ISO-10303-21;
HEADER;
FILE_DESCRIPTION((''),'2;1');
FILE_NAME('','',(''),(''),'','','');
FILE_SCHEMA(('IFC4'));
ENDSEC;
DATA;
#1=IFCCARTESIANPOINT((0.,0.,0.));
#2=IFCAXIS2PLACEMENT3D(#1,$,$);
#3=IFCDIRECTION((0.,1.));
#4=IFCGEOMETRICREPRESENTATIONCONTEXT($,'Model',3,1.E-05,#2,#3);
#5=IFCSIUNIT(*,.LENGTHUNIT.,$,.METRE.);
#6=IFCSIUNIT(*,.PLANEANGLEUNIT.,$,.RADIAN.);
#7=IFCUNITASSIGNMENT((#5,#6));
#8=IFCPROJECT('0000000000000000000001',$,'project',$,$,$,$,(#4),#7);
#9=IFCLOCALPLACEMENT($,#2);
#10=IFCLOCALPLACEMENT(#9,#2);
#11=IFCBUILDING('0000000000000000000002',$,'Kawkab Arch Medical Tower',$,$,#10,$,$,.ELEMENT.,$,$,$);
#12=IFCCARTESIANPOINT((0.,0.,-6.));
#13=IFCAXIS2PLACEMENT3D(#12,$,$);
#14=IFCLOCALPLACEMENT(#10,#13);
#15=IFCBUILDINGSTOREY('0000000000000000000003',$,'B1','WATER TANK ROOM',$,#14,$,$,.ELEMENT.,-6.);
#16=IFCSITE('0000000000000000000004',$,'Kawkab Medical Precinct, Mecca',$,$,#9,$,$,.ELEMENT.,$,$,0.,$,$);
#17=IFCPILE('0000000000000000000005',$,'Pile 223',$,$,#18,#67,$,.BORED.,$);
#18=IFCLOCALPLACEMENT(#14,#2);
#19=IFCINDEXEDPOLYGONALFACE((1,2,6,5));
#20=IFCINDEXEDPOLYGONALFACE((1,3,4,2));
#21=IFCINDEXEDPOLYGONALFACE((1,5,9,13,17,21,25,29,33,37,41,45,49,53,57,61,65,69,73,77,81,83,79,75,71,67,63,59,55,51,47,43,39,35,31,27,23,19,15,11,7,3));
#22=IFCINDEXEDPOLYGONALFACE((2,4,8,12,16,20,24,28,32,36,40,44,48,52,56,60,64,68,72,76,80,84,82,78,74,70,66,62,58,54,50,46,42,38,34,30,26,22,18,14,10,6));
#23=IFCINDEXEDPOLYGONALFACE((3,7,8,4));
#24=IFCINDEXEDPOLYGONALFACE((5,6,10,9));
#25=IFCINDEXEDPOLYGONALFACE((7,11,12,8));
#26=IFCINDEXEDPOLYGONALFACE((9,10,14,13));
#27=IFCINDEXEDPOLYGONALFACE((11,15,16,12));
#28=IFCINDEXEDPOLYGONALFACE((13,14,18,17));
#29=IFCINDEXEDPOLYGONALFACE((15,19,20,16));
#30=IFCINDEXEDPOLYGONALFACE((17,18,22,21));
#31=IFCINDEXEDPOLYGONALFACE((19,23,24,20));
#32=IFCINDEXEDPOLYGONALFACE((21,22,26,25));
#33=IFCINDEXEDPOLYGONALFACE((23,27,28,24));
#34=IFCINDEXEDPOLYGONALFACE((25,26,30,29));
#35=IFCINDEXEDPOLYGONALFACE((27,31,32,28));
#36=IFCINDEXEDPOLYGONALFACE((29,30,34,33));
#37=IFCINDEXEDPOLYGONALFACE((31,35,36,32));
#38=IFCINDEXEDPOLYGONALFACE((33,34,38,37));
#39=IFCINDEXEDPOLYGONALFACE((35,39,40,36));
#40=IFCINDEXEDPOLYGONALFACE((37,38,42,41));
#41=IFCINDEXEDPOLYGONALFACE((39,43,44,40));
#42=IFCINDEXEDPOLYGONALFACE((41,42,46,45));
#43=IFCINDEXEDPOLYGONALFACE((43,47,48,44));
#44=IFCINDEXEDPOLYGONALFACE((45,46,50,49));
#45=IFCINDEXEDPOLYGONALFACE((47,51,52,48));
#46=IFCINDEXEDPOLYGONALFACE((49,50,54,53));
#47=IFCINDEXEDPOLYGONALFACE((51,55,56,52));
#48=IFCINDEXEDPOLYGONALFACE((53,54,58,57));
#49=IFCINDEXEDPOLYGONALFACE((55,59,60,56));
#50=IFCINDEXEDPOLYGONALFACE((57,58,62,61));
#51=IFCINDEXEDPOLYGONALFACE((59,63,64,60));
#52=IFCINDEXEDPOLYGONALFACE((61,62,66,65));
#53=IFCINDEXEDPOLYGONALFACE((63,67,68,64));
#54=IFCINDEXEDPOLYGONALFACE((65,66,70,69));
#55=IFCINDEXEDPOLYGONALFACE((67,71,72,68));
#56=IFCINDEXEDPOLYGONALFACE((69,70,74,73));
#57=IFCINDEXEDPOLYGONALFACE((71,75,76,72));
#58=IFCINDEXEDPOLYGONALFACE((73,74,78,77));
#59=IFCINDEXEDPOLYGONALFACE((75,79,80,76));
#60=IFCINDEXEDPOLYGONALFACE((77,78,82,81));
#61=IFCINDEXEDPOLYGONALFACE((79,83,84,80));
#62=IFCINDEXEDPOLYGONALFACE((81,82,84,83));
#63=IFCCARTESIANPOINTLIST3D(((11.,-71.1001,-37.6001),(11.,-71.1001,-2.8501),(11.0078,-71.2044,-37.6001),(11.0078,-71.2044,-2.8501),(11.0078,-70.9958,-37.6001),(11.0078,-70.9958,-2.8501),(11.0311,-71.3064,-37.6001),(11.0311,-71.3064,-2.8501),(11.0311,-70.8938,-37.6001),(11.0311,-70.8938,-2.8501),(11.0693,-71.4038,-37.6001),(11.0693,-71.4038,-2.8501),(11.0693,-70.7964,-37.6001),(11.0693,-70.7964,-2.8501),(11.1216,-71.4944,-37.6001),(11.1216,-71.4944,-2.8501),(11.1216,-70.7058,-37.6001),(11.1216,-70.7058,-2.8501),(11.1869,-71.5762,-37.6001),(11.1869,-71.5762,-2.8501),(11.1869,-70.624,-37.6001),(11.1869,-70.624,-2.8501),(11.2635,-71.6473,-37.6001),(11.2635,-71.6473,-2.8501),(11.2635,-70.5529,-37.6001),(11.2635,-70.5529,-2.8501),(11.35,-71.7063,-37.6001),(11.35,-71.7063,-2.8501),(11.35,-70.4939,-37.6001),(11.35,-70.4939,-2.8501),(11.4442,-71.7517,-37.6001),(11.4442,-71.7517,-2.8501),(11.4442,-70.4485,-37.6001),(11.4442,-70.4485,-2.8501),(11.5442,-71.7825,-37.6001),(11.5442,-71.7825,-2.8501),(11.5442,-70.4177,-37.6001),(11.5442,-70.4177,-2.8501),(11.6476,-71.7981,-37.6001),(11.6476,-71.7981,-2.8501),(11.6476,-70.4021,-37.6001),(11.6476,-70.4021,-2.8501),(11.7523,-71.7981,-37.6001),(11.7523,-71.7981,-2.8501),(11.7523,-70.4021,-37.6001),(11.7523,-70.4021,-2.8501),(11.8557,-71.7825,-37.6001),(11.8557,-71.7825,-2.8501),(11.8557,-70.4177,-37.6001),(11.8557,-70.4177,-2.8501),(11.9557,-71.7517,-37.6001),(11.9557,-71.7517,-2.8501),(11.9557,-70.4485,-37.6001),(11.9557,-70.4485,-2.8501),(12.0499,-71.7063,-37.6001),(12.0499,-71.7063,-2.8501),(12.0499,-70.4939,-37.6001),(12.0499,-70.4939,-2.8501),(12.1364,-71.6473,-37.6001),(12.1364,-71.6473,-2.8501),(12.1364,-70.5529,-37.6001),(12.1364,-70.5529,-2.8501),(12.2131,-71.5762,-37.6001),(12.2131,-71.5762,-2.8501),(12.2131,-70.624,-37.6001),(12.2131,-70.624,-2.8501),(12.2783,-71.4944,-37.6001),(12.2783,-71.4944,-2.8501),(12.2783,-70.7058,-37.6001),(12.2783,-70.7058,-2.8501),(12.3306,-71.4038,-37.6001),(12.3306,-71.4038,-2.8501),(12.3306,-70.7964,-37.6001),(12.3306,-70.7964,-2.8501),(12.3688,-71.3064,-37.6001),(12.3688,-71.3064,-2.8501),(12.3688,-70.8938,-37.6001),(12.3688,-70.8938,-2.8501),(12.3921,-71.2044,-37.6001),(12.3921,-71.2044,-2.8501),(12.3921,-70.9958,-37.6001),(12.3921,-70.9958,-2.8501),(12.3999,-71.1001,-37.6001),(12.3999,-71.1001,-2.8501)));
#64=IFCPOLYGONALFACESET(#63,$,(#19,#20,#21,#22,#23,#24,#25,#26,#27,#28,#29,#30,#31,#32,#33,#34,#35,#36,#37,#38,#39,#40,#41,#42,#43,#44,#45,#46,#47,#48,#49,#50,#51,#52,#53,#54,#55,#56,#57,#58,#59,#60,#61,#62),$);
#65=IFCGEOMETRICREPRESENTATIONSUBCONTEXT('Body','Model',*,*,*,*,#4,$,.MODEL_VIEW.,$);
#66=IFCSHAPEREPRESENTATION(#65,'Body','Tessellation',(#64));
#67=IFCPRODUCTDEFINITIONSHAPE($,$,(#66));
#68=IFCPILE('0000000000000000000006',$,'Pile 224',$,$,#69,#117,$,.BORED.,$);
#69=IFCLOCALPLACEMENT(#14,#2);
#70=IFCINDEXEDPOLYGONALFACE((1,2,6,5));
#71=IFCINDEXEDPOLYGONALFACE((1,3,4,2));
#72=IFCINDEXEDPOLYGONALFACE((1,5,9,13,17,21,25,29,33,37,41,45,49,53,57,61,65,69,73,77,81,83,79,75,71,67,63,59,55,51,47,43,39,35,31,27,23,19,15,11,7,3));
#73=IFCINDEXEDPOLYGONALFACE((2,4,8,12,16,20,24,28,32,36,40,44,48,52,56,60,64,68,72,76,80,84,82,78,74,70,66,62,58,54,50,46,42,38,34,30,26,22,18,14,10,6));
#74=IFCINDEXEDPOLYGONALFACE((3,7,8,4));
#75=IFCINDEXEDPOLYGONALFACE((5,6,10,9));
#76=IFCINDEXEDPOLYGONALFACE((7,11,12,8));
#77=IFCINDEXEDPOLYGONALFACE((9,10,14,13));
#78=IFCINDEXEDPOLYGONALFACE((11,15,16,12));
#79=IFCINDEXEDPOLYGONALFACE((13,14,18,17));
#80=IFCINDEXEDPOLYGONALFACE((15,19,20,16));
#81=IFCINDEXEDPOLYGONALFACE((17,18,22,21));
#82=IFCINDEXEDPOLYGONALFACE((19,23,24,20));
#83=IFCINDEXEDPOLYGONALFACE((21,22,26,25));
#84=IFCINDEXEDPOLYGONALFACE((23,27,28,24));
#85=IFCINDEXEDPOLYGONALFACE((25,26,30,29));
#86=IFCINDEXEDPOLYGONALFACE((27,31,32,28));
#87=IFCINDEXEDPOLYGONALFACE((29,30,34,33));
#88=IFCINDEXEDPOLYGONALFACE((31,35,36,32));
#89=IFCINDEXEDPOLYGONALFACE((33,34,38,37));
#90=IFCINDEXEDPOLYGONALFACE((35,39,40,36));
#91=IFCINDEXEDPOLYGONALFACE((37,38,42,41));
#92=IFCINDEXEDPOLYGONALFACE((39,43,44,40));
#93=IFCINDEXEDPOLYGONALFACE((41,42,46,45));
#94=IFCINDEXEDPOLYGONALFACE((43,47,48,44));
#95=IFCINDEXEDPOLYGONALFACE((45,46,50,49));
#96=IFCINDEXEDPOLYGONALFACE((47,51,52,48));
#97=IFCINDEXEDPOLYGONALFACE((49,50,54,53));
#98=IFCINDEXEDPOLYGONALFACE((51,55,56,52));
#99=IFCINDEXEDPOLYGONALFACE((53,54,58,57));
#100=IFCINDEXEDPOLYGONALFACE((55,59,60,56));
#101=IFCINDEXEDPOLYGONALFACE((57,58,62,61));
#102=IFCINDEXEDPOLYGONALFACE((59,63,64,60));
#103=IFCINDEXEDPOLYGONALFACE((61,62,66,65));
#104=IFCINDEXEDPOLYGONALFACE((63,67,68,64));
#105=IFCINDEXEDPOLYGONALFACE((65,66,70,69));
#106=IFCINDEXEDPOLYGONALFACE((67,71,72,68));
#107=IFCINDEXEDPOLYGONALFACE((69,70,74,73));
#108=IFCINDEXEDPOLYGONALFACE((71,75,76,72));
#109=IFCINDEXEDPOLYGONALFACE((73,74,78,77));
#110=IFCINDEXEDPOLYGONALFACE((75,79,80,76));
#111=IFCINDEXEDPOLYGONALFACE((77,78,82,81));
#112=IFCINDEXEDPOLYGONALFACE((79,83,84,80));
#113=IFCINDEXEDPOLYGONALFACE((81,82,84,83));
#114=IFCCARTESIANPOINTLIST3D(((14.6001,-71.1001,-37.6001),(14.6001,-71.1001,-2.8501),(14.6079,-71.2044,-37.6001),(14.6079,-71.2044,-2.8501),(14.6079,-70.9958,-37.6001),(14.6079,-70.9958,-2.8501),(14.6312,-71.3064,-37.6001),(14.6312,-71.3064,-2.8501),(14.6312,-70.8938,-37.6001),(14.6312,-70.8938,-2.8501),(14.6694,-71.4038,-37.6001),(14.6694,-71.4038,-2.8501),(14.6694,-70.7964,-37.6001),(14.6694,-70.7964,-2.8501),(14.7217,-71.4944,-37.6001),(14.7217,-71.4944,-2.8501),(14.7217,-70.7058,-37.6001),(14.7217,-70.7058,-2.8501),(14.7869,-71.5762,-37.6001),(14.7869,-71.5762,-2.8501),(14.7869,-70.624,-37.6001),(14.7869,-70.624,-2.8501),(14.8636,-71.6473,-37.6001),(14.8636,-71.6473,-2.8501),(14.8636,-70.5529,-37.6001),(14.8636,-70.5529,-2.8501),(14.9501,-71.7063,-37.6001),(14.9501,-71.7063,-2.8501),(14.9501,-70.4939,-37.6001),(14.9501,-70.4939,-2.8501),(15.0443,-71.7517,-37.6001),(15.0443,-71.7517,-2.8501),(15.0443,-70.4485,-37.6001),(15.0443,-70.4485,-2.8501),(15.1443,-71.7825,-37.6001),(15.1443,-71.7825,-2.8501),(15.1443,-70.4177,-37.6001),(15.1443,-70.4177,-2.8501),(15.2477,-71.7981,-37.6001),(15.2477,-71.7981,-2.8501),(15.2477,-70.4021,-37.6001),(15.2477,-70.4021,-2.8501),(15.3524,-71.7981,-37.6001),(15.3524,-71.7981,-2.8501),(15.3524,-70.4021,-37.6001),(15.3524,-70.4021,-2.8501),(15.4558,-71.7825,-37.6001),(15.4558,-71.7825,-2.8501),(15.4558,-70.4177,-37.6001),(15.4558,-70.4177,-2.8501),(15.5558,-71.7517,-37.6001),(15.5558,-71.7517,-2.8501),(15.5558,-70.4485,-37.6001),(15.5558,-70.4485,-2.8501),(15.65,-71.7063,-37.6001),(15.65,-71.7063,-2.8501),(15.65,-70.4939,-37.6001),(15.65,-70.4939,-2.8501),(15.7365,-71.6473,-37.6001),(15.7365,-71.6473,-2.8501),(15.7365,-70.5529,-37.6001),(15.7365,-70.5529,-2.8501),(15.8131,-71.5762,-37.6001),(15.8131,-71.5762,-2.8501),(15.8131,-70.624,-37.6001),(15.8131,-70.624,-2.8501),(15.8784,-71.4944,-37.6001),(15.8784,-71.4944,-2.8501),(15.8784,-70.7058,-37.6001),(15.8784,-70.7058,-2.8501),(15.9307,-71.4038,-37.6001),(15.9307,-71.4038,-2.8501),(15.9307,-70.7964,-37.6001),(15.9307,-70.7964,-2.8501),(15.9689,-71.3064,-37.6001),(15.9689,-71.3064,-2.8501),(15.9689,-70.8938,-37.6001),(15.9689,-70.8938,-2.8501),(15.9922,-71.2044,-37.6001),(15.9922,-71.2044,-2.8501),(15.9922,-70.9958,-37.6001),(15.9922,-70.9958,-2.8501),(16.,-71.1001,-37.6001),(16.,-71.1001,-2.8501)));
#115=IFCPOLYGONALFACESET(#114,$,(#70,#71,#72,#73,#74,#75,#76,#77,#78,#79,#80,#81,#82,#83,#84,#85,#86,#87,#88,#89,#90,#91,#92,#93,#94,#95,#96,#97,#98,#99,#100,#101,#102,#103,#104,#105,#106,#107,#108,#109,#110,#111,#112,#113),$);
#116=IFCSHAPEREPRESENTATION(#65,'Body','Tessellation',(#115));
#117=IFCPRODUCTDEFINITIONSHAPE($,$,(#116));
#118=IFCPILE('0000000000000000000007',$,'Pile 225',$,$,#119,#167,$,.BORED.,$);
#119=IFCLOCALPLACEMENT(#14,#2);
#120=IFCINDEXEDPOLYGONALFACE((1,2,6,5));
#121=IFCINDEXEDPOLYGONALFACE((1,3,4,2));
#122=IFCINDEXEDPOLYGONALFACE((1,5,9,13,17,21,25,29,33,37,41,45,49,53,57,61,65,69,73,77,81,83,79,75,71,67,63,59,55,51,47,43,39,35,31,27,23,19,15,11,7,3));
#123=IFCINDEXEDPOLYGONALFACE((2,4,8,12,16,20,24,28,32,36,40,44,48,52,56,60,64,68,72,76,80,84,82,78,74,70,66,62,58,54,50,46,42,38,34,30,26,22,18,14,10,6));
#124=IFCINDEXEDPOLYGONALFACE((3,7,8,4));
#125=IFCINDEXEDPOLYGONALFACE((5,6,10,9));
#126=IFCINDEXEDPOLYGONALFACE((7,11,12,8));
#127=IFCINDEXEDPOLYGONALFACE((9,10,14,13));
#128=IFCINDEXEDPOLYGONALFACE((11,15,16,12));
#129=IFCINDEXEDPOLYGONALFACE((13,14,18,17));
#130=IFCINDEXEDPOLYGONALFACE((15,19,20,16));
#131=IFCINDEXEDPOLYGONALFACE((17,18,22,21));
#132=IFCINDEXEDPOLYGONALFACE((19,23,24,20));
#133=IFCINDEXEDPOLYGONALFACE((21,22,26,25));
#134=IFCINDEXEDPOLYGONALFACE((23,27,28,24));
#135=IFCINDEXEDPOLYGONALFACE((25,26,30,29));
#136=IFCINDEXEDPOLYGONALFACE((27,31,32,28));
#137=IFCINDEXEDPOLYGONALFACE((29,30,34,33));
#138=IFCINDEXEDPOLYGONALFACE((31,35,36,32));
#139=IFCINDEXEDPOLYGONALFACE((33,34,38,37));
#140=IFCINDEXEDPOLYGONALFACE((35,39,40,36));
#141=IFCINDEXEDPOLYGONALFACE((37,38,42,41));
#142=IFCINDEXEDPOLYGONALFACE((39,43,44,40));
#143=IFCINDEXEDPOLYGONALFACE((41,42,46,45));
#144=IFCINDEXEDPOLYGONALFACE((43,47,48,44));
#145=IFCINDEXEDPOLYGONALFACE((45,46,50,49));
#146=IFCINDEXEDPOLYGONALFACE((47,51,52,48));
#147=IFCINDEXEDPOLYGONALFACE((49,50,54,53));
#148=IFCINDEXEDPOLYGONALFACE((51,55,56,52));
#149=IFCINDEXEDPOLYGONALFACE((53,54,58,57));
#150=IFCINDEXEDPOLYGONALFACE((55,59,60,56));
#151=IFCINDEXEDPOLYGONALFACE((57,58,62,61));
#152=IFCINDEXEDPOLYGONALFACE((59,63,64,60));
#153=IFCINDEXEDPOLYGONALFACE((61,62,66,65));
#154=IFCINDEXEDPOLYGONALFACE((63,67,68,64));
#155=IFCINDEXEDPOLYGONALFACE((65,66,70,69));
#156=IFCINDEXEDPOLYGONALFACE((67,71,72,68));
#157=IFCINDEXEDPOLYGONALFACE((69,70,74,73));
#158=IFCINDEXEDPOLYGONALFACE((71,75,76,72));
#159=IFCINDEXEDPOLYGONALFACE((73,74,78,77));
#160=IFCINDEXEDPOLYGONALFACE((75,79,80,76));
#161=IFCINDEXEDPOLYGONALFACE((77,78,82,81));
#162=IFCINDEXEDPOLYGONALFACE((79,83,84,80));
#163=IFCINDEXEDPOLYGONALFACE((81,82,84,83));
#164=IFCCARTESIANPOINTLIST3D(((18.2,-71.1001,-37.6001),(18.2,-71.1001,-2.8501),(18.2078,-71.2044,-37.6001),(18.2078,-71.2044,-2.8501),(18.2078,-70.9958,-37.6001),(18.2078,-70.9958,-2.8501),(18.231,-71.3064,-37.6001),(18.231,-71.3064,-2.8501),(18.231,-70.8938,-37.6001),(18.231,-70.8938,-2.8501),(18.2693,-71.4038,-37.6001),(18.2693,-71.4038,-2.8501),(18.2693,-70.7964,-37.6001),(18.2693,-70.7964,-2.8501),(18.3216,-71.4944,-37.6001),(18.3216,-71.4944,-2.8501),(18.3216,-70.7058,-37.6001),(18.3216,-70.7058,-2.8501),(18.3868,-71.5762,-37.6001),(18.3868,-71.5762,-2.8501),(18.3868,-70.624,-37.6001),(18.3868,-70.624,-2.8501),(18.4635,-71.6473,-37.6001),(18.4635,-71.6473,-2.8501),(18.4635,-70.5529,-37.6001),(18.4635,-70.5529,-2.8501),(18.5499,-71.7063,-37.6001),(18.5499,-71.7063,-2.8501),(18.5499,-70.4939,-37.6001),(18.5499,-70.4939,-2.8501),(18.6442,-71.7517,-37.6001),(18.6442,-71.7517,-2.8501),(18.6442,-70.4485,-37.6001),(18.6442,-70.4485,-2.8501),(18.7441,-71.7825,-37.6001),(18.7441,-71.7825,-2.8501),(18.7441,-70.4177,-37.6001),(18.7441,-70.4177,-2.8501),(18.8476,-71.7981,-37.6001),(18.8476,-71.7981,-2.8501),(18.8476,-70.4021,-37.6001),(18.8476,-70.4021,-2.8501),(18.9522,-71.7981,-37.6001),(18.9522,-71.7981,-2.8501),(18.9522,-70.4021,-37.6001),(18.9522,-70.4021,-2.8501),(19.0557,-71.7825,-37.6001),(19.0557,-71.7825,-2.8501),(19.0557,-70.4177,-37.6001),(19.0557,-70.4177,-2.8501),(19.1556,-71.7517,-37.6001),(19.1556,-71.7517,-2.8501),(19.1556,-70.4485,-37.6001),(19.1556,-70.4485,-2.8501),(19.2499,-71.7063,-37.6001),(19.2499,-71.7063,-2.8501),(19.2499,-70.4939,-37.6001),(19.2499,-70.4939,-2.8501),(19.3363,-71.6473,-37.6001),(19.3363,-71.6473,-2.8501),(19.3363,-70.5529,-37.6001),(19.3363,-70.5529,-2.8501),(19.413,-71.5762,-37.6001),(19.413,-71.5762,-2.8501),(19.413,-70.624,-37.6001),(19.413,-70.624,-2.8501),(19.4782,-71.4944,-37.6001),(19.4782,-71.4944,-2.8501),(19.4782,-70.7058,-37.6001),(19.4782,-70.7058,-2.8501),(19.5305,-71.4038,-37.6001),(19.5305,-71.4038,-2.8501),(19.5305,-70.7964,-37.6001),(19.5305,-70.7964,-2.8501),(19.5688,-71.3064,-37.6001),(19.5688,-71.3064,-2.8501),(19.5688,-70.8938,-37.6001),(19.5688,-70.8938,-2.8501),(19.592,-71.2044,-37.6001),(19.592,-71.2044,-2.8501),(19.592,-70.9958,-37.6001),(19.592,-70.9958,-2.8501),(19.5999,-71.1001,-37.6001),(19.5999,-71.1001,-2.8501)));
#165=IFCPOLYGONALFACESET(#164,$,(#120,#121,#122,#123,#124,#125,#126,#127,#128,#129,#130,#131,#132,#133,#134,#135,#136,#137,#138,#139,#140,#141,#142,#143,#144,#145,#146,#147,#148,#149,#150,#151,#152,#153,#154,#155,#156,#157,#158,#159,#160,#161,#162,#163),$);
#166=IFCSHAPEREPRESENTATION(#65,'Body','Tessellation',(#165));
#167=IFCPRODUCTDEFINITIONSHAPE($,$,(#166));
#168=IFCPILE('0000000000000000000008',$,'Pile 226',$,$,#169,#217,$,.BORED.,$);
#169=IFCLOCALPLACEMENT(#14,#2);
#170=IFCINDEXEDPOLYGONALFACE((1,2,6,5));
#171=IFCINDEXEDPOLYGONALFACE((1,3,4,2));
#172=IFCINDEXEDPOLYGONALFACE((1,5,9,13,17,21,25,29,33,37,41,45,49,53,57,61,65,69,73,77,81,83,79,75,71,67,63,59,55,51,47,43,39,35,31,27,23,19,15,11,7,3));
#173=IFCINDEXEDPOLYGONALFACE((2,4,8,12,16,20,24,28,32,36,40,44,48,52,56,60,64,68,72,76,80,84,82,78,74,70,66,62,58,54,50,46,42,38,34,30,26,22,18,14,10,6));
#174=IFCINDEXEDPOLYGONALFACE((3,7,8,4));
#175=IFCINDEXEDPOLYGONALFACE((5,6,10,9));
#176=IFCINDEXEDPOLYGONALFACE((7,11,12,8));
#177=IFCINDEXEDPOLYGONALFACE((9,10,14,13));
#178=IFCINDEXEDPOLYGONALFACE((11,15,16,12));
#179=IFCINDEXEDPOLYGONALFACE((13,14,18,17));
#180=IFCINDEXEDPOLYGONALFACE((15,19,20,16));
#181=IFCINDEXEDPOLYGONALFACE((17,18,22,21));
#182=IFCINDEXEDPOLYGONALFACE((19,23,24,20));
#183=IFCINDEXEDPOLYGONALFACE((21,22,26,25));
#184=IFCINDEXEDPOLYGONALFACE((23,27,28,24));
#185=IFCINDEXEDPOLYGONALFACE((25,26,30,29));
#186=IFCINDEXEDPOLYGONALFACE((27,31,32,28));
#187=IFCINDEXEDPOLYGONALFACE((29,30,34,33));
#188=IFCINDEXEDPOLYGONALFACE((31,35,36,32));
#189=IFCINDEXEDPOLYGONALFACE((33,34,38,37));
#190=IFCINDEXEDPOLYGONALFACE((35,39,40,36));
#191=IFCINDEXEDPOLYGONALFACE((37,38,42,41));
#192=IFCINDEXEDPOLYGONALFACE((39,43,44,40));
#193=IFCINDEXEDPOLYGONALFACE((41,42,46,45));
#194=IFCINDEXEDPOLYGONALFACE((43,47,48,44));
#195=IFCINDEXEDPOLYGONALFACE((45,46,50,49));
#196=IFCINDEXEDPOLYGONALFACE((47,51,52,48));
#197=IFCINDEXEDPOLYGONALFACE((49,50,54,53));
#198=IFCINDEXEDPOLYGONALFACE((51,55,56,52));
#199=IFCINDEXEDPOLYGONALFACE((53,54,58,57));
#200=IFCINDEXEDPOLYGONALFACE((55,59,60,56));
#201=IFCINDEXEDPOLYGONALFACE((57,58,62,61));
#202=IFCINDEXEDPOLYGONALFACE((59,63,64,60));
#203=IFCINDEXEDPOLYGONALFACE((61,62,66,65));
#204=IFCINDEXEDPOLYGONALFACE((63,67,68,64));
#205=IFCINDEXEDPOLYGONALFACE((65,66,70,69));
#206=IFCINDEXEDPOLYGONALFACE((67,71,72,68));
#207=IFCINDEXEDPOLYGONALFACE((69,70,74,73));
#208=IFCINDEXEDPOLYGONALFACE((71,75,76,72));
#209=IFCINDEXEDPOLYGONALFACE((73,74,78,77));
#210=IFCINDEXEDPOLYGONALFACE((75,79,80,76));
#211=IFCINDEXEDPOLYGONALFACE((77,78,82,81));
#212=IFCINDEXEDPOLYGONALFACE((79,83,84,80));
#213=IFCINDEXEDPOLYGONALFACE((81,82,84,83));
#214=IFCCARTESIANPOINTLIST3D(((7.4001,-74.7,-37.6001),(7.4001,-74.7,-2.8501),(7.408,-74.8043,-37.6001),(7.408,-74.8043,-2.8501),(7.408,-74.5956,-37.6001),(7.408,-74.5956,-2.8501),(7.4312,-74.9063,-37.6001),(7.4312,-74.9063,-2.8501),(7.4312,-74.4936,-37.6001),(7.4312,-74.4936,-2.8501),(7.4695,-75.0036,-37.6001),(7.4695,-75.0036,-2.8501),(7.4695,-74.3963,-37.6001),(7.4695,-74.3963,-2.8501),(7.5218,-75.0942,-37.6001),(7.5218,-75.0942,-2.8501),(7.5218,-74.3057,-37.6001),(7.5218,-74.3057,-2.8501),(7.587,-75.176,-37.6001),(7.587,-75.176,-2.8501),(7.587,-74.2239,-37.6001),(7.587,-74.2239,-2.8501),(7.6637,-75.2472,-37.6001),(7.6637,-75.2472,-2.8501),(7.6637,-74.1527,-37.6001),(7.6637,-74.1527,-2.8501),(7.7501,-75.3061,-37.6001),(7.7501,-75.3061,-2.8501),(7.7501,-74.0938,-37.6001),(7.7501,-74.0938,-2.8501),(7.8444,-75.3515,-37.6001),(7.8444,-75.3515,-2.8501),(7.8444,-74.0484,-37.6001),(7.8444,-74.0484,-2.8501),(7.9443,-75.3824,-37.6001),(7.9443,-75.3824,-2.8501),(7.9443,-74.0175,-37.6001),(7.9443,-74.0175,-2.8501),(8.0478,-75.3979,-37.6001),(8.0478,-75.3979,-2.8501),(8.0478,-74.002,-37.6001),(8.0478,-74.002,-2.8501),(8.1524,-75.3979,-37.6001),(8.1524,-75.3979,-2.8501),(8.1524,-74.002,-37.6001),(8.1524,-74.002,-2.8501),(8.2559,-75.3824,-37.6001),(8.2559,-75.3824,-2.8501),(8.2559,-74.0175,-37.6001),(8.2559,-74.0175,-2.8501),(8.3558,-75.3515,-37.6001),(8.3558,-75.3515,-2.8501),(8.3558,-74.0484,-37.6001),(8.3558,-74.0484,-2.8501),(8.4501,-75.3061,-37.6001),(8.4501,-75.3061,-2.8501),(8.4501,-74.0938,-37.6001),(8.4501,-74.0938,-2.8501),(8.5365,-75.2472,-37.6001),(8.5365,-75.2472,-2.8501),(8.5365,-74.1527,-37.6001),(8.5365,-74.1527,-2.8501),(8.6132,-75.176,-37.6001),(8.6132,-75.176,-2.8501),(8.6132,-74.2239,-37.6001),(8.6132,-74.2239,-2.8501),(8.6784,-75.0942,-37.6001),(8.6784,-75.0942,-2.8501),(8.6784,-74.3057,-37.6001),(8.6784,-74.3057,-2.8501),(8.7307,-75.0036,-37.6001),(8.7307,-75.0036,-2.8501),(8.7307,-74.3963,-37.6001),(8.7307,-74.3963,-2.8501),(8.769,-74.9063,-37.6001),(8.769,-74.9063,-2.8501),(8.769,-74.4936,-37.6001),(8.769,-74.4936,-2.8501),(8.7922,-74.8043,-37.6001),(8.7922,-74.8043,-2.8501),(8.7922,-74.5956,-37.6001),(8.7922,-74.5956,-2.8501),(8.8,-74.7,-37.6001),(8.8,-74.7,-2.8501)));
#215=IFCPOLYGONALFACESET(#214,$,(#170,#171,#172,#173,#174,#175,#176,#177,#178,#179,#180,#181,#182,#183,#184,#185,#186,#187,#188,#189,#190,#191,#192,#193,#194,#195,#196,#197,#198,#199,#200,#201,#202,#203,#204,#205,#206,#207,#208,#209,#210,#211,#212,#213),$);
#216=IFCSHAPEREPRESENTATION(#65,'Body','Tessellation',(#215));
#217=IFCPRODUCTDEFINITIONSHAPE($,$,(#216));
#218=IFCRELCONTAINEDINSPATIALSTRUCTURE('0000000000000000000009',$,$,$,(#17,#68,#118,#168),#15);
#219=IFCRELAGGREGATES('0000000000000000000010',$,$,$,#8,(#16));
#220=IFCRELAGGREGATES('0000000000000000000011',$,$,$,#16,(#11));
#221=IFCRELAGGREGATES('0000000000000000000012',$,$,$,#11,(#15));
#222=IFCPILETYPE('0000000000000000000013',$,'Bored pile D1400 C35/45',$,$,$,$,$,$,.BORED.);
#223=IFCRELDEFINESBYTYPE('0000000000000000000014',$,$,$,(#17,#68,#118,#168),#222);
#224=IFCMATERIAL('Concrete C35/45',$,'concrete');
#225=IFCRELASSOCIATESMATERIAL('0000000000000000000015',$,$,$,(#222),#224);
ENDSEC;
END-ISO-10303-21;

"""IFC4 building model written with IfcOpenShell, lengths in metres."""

from ifc_helpers import new_model, si_unit, direction, frame, origin, origin_2d, place, context, subcontext, project, spatial, circle, extrude, material, material_profile, profile_set, type_object, element, save


model = new_model("IFC4")

# Units and contexts
model_context = context("Model", 3, precision=1e-05, world=origin(), true_north=direction((0.0, 1.0)))
body_context = subcontext(model_context, "Body", "Model", "MODEL_VIEW")
ifc_project = project(units=[si_unit("LENGTHUNIT", "METRE"), si_unit("PLANEANGLEUNIT", "RADIAN")], contexts=[model_context])

# Site, building, storey
site_placement = place(None, origin())
site = spatial("IfcSite", under=ifc_project, at=site_placement, Name="Kawkab Medical Precinct, Mecca", CompositionType="ELEMENT", RefElevation=0.0)
building_placement = place(site_placement, origin())
building = spatial("IfcBuilding", under=site, at=building_placement, Name="Kawkab Arch Medical Tower", CompositionType="ELEMENT")
storey_placement = place(building_placement, frame((0.0, 0.0, -6.0)))
storey = spatial("IfcBuildingStorey", under=building, at=storey_placement, Name="B1", Description="WATER TANK ROOM", CompositionType="ELEMENT", Elevation=-6.0)

# Piles
ifc_material_1 = material(Name="Concrete C35/45", Category="concrete")
ifc_material_profile_1 = material_profile(ifc_material_1, circle(Radius=0.7, at=origin_2d()), Name="Bored pile D1400")
ifc_profile_set_1 = profile_set([ifc_material_profile_1], Name="Concrete C35/45")
pile_type = type_object("IfcPileType", Name="Bored pile D1400 C35/45", PredefinedType="BORED", material=ifc_profile_set_1)
for number, where, z_axis, x_axis, name in (
    (1, (11.7, -71.1001, -2.8501), (0.0, 0.0, -1.0), (1.0, 0.0, 0.0), "Pile 223"),
    (2, (15.3, -71.1001, -2.8501), (0.0, 0.0, -1.0), (1.0, 0.0, 0.0), "Pile 224"),
    (3, (18.8999, -71.1001, -2.8501), (0.0, 0.0, -1.0), (1.0, 0.0, 0.0), "Pile 225"),
    (4, (8.1001, -74.7, -2.8501), (0.0, 0.0, -1.0), (1.0, 0.0, 0.0), "Pile 226"),
):
    element("IfcPile", number, at=place(storey_placement, frame(where, z_axis=z_axis, x_axis=x_axis)), inside=storey, type_object=pile_type, Name=name, PredefinedType="BORED", context=body_context, shape_type="SweptSolid", body=[
        extrude(circle(Radius=0.7, at=origin_2d()), origin(), (0.0, 0.0, 1.0), 34.75),
    ])

save(model, "model.ifc")
